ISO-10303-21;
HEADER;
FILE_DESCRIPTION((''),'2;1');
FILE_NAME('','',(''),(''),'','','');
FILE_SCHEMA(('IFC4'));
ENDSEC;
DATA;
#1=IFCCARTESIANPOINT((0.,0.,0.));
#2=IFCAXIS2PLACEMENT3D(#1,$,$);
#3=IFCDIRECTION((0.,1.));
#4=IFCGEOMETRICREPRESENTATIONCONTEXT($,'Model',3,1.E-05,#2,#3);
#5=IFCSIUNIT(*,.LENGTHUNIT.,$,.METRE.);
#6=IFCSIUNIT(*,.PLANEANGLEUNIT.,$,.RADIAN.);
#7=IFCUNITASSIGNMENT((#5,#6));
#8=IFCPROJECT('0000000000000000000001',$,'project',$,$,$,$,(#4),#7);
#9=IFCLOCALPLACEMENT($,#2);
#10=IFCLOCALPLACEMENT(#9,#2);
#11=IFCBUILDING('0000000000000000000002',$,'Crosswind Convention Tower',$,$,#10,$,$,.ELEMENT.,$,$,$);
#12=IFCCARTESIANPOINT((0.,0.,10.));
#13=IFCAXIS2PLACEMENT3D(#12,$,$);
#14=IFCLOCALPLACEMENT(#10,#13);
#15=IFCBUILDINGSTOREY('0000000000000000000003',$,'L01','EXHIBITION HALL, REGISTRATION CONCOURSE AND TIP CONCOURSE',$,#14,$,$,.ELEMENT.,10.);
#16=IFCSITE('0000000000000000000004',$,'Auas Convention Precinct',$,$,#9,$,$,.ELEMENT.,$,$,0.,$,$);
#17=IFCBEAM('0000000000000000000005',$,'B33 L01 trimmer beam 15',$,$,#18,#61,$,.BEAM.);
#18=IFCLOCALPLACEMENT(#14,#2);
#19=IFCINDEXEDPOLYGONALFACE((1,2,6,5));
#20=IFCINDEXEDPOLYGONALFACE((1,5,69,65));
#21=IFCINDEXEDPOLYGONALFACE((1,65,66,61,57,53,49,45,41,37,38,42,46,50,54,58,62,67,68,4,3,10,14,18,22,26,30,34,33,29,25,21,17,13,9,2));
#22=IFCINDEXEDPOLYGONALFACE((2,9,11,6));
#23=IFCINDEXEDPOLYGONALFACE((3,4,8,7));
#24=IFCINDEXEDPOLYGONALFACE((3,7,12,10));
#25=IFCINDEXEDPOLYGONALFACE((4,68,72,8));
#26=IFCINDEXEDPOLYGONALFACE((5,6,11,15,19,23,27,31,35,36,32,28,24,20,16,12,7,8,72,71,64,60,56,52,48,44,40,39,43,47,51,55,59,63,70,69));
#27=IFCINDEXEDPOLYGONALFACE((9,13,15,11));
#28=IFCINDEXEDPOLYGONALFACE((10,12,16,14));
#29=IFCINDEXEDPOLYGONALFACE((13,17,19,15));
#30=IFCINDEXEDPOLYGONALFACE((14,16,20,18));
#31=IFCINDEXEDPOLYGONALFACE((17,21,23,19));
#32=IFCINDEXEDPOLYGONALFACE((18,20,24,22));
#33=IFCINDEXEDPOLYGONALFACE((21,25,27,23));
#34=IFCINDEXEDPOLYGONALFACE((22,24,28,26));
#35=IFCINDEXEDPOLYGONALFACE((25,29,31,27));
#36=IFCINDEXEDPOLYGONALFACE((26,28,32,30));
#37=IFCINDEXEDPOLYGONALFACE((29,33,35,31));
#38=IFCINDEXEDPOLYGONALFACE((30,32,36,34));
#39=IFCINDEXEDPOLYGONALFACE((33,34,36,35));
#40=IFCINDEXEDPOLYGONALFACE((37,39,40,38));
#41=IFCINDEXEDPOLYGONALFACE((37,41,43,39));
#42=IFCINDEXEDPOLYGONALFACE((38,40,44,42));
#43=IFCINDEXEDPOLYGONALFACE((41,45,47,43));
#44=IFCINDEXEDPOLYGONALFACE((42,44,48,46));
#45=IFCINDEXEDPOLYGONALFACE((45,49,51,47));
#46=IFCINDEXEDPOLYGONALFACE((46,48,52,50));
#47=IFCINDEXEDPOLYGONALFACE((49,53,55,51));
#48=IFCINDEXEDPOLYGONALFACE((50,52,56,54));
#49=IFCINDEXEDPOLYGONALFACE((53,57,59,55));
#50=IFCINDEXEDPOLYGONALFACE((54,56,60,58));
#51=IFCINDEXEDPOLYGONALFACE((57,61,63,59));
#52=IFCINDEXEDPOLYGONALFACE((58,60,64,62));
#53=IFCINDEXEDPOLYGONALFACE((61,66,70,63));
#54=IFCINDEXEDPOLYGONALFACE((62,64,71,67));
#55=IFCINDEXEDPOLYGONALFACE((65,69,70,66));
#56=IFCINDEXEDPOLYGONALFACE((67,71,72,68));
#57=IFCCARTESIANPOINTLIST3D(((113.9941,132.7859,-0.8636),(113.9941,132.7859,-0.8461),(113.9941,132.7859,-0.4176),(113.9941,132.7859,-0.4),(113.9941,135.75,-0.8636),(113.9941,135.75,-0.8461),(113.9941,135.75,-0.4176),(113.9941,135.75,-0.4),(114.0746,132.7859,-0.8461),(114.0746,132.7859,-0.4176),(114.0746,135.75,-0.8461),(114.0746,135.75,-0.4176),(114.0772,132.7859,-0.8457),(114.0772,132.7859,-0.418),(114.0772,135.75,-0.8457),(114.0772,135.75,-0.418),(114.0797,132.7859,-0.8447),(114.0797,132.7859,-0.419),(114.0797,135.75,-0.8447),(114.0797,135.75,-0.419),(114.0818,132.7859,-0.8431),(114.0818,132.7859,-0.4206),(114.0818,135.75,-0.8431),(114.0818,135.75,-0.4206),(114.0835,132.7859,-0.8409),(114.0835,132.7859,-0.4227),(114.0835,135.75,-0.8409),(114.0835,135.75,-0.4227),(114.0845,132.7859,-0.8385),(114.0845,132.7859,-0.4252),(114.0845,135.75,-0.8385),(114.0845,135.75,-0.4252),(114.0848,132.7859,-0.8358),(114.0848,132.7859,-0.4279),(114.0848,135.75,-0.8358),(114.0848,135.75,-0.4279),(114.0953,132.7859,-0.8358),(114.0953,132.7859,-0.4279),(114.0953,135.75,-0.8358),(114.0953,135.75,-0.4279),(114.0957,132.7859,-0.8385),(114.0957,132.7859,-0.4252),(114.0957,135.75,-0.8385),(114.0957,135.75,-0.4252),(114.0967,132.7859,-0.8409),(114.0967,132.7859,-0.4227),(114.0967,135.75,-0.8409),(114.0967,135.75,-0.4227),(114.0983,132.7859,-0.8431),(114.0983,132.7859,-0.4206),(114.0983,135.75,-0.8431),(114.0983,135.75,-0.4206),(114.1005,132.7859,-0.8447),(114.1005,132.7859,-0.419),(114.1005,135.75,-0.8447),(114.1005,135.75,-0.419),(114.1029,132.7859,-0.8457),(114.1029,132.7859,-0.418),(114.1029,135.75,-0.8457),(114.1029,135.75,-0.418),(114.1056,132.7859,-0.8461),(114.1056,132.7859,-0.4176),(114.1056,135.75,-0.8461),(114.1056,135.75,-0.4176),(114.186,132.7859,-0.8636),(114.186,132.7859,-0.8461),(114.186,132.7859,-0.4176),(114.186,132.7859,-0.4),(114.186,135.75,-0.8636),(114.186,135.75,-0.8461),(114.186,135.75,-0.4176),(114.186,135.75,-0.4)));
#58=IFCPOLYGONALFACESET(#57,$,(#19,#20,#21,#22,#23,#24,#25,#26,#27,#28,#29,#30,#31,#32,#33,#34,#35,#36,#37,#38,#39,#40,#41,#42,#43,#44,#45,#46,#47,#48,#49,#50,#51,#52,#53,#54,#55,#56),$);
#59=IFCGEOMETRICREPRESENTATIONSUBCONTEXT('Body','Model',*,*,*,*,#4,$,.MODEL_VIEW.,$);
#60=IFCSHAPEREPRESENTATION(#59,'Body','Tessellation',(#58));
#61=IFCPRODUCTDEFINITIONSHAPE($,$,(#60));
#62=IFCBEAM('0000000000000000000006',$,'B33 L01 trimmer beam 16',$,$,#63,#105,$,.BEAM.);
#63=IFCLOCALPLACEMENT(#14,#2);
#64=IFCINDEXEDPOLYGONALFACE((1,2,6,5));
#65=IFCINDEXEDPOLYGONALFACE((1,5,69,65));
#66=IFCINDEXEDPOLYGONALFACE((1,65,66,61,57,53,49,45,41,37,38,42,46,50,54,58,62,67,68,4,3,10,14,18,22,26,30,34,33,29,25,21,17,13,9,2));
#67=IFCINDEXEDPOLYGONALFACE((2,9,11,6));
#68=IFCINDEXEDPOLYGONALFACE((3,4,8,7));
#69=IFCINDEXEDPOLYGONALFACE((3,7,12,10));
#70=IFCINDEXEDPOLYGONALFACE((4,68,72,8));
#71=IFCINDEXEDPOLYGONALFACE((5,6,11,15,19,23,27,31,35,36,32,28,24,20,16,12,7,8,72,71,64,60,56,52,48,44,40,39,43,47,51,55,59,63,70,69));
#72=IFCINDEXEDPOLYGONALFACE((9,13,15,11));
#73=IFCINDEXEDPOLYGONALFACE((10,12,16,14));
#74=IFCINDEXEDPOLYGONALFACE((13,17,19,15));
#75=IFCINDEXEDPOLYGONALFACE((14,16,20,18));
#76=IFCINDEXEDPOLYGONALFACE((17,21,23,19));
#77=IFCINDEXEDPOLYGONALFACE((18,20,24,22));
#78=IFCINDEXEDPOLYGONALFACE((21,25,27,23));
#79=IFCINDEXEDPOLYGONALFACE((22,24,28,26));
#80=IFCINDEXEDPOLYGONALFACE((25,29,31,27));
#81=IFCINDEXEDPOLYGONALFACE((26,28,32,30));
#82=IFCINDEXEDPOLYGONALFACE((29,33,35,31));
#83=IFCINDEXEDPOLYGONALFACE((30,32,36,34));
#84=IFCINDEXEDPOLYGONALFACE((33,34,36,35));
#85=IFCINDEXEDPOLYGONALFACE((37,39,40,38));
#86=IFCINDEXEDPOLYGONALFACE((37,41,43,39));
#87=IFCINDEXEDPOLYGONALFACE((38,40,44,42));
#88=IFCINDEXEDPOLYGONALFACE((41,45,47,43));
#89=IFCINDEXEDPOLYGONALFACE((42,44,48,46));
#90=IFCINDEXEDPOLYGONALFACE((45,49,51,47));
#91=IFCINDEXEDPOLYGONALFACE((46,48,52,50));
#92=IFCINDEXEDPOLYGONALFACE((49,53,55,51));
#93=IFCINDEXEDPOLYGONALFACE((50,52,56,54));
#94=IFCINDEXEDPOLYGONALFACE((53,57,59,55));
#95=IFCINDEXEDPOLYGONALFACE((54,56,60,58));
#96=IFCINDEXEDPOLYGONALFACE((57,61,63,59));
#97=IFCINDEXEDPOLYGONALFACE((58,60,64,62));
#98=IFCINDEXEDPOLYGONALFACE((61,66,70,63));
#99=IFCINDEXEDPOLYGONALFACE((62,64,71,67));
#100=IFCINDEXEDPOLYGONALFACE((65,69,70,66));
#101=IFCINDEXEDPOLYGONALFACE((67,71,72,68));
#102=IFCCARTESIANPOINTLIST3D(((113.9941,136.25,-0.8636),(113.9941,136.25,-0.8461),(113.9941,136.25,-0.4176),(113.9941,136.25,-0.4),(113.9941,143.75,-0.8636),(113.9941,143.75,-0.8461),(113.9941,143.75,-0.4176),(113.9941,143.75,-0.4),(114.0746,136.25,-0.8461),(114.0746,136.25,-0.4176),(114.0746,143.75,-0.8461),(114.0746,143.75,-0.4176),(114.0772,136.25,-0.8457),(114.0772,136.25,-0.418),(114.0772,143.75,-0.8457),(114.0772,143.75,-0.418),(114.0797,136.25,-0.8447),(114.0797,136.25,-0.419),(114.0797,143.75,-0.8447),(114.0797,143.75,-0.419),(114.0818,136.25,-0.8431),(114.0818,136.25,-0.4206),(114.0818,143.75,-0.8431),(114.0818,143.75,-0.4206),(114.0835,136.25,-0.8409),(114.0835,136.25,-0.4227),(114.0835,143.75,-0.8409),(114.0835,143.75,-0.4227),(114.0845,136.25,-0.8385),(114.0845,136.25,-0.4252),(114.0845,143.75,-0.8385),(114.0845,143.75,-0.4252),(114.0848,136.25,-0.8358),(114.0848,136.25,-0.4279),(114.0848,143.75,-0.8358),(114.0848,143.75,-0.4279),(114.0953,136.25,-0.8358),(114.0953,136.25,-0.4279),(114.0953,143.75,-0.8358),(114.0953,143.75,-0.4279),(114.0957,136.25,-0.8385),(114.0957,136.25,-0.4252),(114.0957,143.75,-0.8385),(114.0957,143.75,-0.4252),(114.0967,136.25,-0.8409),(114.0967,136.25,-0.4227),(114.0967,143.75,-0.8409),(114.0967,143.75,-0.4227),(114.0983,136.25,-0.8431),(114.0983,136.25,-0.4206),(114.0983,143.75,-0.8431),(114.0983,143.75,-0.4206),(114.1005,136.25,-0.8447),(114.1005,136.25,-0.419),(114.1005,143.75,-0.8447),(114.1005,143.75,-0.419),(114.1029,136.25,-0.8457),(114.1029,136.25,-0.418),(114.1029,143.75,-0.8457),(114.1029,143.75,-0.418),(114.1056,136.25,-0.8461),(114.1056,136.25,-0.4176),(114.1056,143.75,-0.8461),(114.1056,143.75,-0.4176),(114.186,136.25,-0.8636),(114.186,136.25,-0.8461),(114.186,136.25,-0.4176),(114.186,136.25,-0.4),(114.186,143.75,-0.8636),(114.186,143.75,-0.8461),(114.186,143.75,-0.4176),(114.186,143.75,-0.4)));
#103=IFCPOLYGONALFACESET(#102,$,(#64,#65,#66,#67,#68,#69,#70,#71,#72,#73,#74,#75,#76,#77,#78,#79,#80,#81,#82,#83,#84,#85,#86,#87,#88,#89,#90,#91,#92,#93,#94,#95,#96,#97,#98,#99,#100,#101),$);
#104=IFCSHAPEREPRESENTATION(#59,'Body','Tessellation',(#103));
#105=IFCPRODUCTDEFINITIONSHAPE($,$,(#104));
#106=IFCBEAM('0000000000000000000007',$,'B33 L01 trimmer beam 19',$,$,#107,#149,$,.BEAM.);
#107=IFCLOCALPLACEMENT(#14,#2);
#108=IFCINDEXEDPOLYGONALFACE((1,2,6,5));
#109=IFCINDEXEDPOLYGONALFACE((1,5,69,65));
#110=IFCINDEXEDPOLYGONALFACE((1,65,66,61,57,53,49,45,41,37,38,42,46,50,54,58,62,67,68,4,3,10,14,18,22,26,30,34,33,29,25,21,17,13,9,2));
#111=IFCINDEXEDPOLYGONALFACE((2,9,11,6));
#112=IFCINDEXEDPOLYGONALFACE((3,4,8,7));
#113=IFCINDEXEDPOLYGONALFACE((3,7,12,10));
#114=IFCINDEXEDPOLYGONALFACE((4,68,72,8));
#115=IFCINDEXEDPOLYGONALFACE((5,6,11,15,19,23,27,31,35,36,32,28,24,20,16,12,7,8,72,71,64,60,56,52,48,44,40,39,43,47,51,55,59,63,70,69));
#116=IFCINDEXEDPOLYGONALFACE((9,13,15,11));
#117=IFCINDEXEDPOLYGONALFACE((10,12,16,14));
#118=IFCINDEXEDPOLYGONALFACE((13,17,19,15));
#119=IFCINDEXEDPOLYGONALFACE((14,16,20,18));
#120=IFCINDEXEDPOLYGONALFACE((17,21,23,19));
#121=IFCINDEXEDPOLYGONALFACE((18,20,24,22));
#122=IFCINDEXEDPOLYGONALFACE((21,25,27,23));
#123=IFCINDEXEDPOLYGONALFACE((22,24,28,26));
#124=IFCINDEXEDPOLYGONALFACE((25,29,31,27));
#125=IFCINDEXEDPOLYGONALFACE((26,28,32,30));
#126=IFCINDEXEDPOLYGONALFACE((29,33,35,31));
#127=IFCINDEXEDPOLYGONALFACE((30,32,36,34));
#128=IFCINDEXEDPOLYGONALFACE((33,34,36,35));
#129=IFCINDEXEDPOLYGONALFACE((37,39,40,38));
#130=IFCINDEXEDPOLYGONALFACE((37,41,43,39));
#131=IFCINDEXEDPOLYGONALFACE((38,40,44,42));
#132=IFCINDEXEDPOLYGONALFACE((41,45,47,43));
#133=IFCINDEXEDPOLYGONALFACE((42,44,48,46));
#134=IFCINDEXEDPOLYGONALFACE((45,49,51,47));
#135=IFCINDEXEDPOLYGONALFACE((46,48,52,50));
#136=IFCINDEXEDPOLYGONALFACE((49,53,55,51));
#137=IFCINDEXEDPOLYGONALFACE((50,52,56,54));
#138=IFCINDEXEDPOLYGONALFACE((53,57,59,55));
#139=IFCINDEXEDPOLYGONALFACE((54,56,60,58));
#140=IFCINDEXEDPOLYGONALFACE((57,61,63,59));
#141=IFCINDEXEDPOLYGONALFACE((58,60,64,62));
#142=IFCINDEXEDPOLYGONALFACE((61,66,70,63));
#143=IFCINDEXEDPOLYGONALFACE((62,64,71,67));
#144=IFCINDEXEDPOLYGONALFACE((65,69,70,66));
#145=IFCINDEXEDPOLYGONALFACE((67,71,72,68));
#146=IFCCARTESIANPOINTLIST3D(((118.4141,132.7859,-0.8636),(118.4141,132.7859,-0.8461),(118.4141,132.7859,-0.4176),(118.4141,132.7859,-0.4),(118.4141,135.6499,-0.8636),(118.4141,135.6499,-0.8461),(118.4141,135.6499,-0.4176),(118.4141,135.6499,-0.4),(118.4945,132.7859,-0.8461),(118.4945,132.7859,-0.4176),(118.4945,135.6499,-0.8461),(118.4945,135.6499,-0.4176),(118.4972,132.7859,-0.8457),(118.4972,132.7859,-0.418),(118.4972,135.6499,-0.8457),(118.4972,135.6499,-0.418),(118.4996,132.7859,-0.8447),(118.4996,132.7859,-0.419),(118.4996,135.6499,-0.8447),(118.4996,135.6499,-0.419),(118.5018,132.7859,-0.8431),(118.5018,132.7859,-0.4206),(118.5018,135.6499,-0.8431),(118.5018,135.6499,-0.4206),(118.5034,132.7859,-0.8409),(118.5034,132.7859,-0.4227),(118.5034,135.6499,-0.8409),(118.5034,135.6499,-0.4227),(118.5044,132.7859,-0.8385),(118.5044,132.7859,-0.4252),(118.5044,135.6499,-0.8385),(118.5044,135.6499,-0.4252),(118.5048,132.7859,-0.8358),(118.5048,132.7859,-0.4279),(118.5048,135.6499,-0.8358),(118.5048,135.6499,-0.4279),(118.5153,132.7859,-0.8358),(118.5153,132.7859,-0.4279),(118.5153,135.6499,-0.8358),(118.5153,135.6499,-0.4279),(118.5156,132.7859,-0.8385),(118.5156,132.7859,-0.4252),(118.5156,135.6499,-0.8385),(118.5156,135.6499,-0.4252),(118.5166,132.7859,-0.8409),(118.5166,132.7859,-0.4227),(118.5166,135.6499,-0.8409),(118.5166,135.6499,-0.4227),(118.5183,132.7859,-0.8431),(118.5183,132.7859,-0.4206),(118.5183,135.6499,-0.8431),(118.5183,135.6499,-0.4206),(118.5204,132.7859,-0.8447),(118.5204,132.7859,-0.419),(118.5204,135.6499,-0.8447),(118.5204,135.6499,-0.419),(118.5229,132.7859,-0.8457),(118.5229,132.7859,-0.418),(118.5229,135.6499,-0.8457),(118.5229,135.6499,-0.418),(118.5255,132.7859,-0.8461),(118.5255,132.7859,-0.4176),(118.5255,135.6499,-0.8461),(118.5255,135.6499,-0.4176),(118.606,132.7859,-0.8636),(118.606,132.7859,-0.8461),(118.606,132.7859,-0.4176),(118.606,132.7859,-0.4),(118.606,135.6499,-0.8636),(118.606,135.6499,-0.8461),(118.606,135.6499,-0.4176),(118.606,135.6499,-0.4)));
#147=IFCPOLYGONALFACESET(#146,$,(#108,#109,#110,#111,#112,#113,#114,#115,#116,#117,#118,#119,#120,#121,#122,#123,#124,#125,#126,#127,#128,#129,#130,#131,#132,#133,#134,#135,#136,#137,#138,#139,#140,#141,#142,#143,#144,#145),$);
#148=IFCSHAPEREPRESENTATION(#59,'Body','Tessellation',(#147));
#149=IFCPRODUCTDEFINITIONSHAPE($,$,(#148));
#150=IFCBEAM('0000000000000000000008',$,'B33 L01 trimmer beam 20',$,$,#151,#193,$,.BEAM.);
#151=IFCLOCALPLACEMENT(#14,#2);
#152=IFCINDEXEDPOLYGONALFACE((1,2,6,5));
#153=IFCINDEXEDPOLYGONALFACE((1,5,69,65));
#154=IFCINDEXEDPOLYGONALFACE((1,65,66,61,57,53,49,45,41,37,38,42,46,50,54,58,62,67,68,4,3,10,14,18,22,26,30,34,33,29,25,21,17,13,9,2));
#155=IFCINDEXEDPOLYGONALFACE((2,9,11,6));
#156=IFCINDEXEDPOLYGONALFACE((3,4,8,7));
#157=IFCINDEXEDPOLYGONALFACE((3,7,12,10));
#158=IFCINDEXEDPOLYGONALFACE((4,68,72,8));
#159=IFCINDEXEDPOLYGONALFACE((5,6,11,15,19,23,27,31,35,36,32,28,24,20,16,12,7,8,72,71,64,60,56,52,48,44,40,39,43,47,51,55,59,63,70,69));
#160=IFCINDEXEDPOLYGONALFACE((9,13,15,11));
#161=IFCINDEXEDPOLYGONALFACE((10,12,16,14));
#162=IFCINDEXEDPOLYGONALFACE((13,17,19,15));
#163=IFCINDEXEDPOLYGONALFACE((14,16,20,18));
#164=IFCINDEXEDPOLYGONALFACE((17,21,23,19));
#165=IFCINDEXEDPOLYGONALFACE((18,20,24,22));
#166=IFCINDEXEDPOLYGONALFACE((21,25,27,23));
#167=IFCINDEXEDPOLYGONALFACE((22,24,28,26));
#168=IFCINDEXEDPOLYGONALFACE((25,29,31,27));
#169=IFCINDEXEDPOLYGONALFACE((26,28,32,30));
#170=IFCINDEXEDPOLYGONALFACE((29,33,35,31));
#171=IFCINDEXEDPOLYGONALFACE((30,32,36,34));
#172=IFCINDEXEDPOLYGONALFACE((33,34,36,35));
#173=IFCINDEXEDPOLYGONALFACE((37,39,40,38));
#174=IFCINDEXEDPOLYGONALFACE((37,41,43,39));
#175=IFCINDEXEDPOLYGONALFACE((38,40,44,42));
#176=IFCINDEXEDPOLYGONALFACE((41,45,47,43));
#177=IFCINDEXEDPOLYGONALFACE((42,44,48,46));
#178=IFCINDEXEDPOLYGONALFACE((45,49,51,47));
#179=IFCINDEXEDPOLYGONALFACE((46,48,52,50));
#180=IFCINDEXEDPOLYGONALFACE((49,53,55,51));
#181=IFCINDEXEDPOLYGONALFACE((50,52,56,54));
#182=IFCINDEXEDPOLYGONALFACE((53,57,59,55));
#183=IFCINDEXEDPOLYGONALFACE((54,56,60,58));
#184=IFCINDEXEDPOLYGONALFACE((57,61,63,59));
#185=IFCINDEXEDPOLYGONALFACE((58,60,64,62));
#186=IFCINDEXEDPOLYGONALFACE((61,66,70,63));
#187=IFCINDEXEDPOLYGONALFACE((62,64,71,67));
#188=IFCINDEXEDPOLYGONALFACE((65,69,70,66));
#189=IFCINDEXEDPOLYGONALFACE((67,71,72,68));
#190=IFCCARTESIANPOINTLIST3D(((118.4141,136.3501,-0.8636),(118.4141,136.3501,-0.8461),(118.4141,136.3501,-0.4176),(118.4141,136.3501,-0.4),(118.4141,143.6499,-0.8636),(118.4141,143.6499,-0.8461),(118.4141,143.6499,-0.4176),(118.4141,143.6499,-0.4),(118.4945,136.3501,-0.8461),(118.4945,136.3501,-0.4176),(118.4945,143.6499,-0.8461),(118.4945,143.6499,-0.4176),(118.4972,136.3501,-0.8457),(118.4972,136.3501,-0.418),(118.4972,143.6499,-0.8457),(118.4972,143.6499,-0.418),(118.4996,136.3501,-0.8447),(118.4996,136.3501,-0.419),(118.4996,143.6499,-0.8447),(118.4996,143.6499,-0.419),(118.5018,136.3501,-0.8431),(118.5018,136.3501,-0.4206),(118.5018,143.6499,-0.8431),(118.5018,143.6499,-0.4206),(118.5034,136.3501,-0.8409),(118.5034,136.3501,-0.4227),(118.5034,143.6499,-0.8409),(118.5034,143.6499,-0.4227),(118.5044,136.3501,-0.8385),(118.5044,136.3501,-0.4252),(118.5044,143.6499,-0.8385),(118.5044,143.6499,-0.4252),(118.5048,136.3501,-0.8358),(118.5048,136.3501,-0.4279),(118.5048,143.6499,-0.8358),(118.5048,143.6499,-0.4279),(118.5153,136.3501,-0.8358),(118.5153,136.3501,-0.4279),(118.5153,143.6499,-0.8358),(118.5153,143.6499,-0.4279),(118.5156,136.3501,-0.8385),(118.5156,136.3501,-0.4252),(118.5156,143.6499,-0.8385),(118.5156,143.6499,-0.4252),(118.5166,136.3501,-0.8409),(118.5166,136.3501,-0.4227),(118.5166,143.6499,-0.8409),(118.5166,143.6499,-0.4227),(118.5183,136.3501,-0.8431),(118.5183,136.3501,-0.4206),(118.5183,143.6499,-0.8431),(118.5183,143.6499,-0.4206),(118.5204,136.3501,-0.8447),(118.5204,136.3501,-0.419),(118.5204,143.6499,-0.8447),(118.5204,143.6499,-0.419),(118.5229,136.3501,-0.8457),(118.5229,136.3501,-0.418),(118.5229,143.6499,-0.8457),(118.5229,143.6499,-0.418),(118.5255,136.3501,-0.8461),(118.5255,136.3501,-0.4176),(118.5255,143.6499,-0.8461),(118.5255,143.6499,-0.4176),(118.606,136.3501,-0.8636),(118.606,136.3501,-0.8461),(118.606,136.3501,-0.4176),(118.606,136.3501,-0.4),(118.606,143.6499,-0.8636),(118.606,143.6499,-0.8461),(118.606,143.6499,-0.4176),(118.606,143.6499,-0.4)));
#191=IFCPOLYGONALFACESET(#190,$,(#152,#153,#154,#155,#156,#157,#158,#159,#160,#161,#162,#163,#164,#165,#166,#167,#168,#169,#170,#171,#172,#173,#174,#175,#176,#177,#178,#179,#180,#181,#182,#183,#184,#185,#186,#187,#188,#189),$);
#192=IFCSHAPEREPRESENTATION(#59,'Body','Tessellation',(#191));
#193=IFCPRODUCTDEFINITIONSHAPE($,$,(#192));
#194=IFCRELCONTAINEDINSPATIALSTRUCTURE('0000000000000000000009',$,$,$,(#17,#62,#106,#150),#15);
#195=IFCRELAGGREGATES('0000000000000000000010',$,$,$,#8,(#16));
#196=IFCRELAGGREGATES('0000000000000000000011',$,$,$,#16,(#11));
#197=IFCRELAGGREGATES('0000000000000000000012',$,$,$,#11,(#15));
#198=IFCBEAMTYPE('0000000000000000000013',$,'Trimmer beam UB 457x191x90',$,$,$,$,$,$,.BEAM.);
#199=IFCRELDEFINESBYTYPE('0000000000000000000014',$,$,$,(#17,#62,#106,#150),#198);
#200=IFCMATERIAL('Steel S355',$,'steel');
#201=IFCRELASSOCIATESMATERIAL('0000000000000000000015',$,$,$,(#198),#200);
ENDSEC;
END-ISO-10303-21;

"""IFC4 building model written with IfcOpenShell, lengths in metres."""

from ifc_helpers import new_model, si_unit, direction, frame, origin, origin_2d, place, context, subcontext, project, spatial, i_section, extrude, material, material_profile, profile_set, type_object, element, save


model = new_model("IFC4")

# Units and contexts
model_context = context("Model", 3, precision=1e-05, world=origin(), true_north=direction((0.0, 1.0)))
body_context = subcontext(model_context, "Body", "Model", "MODEL_VIEW")
ifc_project = project(units=[si_unit("LENGTHUNIT", "METRE"), si_unit("PLANEANGLEUNIT", "RADIAN")], contexts=[model_context])

# Site, building, storey
site_placement = place(None, origin())
site = spatial("IfcSite", under=ifc_project, at=site_placement, Name="Auas Convention Precinct", CompositionType="ELEMENT", RefElevation=0.0)
building_placement = place(site_placement, origin())
building = spatial("IfcBuilding", under=site, at=building_placement, Name="Crosswind Convention Tower", CompositionType="ELEMENT")
storey_placement = place(building_placement, frame((0.0, 0.0, 10.0)))
storey = spatial("IfcBuildingStorey", under=building, at=storey_placement, Name="L01", Description="EXHIBITION HALL, REGISTRATION CONCOURSE AND TIP CONCOURSE", CompositionType="ELEMENT", Elevation=10.0)

# Beams
ifc_material_1 = material(Name="Steel S355", Category="steel")
ifc_material_profile_1 = material_profile(ifc_material_1, i_section(OverallWidth=0.1919, OverallDepth=0.4636, WebThickness=0.0105, FlangeThickness=0.0176, FilletRadius=0.0103, at=origin_2d()), Name="UB 457x191x90")
ifc_profile_set_1 = profile_set([ifc_material_profile_1], Name="Steel S355")
beam_type_1 = type_object("IfcBeamType", Name="Trimmer beam UB 457x191x90", PredefinedType="BEAM", material=ifc_profile_set_1)
beam_1_placement = place(storey_placement, frame((114.0901, 132.7859, -0.6318), z_axis=(0.0, 1.0, 0.0), x_axis=(-1.0, 0.0, 0.0)))
element("IfcBeam", 1, at=beam_1_placement, inside=storey, type_object=beam_type_1, Name="B33 L01 trimmer beam 15", PredefinedType="BEAM", context=body_context, shape_type="SweptSolid", body=[
    extrude(i_section(OverallWidth=0.1919, OverallDepth=0.4636, WebThickness=0.0105, FlangeThickness=0.0176, FilletRadius=0.0103, at=origin_2d()), origin(), (0.0, 0.0, 1.0), 2.9641),
])
beam_2_placement = place(storey_placement, frame((114.0901, 136.25, -0.6318), z_axis=(0.0, 1.0, 0.0), x_axis=(-1.0, 0.0, 0.0)))
element("IfcBeam", 2, at=beam_2_placement, inside=storey, type_object=beam_type_1, Name="B33 L01 trimmer beam 16", PredefinedType="BEAM", context=body_context, shape_type="SweptSolid", body=[
    extrude(i_section(OverallWidth=0.1919, OverallDepth=0.4636, WebThickness=0.0105, FlangeThickness=0.0176, FilletRadius=0.0103, at=origin_2d()), origin(), (0.0, 0.0, 1.0), 7.5),
])
beam_3_placement = place(storey_placement, frame((118.51, 132.7859, -0.6318), z_axis=(0.0, 1.0, 0.0), x_axis=(-1.0, 0.0, 0.0)))
element("IfcBeam", 3, at=beam_3_placement, inside=storey, type_object=beam_type_1, Name="B33 L01 trimmer beam 19", PredefinedType="BEAM", context=body_context, shape_type="SweptSolid", body=[
    extrude(i_section(OverallWidth=0.1919, OverallDepth=0.4636, WebThickness=0.0105, FlangeThickness=0.0176, FilletRadius=0.0103, at=origin_2d()), origin(), (0.0, 0.0, 1.0), 2.864),
])
beam_4_placement = place(storey_placement, frame((118.51, 136.3501, -0.6318), z_axis=(0.0, 1.0, 0.0), x_axis=(-1.0, 0.0, 0.0)))
element("IfcBeam", 4, at=beam_4_placement, inside=storey, type_object=beam_type_1, Name="B33 L01 trimmer beam 20", PredefinedType="BEAM", context=body_context, shape_type="SweptSolid", body=[
    extrude(i_section(OverallWidth=0.1919, OverallDepth=0.4636, WebThickness=0.0105, FlangeThickness=0.0176, FilletRadius=0.0103, at=origin_2d()), origin(), (0.0, 0.0, 1.0), 7.2998),
])

save(model, "model.ifc")
